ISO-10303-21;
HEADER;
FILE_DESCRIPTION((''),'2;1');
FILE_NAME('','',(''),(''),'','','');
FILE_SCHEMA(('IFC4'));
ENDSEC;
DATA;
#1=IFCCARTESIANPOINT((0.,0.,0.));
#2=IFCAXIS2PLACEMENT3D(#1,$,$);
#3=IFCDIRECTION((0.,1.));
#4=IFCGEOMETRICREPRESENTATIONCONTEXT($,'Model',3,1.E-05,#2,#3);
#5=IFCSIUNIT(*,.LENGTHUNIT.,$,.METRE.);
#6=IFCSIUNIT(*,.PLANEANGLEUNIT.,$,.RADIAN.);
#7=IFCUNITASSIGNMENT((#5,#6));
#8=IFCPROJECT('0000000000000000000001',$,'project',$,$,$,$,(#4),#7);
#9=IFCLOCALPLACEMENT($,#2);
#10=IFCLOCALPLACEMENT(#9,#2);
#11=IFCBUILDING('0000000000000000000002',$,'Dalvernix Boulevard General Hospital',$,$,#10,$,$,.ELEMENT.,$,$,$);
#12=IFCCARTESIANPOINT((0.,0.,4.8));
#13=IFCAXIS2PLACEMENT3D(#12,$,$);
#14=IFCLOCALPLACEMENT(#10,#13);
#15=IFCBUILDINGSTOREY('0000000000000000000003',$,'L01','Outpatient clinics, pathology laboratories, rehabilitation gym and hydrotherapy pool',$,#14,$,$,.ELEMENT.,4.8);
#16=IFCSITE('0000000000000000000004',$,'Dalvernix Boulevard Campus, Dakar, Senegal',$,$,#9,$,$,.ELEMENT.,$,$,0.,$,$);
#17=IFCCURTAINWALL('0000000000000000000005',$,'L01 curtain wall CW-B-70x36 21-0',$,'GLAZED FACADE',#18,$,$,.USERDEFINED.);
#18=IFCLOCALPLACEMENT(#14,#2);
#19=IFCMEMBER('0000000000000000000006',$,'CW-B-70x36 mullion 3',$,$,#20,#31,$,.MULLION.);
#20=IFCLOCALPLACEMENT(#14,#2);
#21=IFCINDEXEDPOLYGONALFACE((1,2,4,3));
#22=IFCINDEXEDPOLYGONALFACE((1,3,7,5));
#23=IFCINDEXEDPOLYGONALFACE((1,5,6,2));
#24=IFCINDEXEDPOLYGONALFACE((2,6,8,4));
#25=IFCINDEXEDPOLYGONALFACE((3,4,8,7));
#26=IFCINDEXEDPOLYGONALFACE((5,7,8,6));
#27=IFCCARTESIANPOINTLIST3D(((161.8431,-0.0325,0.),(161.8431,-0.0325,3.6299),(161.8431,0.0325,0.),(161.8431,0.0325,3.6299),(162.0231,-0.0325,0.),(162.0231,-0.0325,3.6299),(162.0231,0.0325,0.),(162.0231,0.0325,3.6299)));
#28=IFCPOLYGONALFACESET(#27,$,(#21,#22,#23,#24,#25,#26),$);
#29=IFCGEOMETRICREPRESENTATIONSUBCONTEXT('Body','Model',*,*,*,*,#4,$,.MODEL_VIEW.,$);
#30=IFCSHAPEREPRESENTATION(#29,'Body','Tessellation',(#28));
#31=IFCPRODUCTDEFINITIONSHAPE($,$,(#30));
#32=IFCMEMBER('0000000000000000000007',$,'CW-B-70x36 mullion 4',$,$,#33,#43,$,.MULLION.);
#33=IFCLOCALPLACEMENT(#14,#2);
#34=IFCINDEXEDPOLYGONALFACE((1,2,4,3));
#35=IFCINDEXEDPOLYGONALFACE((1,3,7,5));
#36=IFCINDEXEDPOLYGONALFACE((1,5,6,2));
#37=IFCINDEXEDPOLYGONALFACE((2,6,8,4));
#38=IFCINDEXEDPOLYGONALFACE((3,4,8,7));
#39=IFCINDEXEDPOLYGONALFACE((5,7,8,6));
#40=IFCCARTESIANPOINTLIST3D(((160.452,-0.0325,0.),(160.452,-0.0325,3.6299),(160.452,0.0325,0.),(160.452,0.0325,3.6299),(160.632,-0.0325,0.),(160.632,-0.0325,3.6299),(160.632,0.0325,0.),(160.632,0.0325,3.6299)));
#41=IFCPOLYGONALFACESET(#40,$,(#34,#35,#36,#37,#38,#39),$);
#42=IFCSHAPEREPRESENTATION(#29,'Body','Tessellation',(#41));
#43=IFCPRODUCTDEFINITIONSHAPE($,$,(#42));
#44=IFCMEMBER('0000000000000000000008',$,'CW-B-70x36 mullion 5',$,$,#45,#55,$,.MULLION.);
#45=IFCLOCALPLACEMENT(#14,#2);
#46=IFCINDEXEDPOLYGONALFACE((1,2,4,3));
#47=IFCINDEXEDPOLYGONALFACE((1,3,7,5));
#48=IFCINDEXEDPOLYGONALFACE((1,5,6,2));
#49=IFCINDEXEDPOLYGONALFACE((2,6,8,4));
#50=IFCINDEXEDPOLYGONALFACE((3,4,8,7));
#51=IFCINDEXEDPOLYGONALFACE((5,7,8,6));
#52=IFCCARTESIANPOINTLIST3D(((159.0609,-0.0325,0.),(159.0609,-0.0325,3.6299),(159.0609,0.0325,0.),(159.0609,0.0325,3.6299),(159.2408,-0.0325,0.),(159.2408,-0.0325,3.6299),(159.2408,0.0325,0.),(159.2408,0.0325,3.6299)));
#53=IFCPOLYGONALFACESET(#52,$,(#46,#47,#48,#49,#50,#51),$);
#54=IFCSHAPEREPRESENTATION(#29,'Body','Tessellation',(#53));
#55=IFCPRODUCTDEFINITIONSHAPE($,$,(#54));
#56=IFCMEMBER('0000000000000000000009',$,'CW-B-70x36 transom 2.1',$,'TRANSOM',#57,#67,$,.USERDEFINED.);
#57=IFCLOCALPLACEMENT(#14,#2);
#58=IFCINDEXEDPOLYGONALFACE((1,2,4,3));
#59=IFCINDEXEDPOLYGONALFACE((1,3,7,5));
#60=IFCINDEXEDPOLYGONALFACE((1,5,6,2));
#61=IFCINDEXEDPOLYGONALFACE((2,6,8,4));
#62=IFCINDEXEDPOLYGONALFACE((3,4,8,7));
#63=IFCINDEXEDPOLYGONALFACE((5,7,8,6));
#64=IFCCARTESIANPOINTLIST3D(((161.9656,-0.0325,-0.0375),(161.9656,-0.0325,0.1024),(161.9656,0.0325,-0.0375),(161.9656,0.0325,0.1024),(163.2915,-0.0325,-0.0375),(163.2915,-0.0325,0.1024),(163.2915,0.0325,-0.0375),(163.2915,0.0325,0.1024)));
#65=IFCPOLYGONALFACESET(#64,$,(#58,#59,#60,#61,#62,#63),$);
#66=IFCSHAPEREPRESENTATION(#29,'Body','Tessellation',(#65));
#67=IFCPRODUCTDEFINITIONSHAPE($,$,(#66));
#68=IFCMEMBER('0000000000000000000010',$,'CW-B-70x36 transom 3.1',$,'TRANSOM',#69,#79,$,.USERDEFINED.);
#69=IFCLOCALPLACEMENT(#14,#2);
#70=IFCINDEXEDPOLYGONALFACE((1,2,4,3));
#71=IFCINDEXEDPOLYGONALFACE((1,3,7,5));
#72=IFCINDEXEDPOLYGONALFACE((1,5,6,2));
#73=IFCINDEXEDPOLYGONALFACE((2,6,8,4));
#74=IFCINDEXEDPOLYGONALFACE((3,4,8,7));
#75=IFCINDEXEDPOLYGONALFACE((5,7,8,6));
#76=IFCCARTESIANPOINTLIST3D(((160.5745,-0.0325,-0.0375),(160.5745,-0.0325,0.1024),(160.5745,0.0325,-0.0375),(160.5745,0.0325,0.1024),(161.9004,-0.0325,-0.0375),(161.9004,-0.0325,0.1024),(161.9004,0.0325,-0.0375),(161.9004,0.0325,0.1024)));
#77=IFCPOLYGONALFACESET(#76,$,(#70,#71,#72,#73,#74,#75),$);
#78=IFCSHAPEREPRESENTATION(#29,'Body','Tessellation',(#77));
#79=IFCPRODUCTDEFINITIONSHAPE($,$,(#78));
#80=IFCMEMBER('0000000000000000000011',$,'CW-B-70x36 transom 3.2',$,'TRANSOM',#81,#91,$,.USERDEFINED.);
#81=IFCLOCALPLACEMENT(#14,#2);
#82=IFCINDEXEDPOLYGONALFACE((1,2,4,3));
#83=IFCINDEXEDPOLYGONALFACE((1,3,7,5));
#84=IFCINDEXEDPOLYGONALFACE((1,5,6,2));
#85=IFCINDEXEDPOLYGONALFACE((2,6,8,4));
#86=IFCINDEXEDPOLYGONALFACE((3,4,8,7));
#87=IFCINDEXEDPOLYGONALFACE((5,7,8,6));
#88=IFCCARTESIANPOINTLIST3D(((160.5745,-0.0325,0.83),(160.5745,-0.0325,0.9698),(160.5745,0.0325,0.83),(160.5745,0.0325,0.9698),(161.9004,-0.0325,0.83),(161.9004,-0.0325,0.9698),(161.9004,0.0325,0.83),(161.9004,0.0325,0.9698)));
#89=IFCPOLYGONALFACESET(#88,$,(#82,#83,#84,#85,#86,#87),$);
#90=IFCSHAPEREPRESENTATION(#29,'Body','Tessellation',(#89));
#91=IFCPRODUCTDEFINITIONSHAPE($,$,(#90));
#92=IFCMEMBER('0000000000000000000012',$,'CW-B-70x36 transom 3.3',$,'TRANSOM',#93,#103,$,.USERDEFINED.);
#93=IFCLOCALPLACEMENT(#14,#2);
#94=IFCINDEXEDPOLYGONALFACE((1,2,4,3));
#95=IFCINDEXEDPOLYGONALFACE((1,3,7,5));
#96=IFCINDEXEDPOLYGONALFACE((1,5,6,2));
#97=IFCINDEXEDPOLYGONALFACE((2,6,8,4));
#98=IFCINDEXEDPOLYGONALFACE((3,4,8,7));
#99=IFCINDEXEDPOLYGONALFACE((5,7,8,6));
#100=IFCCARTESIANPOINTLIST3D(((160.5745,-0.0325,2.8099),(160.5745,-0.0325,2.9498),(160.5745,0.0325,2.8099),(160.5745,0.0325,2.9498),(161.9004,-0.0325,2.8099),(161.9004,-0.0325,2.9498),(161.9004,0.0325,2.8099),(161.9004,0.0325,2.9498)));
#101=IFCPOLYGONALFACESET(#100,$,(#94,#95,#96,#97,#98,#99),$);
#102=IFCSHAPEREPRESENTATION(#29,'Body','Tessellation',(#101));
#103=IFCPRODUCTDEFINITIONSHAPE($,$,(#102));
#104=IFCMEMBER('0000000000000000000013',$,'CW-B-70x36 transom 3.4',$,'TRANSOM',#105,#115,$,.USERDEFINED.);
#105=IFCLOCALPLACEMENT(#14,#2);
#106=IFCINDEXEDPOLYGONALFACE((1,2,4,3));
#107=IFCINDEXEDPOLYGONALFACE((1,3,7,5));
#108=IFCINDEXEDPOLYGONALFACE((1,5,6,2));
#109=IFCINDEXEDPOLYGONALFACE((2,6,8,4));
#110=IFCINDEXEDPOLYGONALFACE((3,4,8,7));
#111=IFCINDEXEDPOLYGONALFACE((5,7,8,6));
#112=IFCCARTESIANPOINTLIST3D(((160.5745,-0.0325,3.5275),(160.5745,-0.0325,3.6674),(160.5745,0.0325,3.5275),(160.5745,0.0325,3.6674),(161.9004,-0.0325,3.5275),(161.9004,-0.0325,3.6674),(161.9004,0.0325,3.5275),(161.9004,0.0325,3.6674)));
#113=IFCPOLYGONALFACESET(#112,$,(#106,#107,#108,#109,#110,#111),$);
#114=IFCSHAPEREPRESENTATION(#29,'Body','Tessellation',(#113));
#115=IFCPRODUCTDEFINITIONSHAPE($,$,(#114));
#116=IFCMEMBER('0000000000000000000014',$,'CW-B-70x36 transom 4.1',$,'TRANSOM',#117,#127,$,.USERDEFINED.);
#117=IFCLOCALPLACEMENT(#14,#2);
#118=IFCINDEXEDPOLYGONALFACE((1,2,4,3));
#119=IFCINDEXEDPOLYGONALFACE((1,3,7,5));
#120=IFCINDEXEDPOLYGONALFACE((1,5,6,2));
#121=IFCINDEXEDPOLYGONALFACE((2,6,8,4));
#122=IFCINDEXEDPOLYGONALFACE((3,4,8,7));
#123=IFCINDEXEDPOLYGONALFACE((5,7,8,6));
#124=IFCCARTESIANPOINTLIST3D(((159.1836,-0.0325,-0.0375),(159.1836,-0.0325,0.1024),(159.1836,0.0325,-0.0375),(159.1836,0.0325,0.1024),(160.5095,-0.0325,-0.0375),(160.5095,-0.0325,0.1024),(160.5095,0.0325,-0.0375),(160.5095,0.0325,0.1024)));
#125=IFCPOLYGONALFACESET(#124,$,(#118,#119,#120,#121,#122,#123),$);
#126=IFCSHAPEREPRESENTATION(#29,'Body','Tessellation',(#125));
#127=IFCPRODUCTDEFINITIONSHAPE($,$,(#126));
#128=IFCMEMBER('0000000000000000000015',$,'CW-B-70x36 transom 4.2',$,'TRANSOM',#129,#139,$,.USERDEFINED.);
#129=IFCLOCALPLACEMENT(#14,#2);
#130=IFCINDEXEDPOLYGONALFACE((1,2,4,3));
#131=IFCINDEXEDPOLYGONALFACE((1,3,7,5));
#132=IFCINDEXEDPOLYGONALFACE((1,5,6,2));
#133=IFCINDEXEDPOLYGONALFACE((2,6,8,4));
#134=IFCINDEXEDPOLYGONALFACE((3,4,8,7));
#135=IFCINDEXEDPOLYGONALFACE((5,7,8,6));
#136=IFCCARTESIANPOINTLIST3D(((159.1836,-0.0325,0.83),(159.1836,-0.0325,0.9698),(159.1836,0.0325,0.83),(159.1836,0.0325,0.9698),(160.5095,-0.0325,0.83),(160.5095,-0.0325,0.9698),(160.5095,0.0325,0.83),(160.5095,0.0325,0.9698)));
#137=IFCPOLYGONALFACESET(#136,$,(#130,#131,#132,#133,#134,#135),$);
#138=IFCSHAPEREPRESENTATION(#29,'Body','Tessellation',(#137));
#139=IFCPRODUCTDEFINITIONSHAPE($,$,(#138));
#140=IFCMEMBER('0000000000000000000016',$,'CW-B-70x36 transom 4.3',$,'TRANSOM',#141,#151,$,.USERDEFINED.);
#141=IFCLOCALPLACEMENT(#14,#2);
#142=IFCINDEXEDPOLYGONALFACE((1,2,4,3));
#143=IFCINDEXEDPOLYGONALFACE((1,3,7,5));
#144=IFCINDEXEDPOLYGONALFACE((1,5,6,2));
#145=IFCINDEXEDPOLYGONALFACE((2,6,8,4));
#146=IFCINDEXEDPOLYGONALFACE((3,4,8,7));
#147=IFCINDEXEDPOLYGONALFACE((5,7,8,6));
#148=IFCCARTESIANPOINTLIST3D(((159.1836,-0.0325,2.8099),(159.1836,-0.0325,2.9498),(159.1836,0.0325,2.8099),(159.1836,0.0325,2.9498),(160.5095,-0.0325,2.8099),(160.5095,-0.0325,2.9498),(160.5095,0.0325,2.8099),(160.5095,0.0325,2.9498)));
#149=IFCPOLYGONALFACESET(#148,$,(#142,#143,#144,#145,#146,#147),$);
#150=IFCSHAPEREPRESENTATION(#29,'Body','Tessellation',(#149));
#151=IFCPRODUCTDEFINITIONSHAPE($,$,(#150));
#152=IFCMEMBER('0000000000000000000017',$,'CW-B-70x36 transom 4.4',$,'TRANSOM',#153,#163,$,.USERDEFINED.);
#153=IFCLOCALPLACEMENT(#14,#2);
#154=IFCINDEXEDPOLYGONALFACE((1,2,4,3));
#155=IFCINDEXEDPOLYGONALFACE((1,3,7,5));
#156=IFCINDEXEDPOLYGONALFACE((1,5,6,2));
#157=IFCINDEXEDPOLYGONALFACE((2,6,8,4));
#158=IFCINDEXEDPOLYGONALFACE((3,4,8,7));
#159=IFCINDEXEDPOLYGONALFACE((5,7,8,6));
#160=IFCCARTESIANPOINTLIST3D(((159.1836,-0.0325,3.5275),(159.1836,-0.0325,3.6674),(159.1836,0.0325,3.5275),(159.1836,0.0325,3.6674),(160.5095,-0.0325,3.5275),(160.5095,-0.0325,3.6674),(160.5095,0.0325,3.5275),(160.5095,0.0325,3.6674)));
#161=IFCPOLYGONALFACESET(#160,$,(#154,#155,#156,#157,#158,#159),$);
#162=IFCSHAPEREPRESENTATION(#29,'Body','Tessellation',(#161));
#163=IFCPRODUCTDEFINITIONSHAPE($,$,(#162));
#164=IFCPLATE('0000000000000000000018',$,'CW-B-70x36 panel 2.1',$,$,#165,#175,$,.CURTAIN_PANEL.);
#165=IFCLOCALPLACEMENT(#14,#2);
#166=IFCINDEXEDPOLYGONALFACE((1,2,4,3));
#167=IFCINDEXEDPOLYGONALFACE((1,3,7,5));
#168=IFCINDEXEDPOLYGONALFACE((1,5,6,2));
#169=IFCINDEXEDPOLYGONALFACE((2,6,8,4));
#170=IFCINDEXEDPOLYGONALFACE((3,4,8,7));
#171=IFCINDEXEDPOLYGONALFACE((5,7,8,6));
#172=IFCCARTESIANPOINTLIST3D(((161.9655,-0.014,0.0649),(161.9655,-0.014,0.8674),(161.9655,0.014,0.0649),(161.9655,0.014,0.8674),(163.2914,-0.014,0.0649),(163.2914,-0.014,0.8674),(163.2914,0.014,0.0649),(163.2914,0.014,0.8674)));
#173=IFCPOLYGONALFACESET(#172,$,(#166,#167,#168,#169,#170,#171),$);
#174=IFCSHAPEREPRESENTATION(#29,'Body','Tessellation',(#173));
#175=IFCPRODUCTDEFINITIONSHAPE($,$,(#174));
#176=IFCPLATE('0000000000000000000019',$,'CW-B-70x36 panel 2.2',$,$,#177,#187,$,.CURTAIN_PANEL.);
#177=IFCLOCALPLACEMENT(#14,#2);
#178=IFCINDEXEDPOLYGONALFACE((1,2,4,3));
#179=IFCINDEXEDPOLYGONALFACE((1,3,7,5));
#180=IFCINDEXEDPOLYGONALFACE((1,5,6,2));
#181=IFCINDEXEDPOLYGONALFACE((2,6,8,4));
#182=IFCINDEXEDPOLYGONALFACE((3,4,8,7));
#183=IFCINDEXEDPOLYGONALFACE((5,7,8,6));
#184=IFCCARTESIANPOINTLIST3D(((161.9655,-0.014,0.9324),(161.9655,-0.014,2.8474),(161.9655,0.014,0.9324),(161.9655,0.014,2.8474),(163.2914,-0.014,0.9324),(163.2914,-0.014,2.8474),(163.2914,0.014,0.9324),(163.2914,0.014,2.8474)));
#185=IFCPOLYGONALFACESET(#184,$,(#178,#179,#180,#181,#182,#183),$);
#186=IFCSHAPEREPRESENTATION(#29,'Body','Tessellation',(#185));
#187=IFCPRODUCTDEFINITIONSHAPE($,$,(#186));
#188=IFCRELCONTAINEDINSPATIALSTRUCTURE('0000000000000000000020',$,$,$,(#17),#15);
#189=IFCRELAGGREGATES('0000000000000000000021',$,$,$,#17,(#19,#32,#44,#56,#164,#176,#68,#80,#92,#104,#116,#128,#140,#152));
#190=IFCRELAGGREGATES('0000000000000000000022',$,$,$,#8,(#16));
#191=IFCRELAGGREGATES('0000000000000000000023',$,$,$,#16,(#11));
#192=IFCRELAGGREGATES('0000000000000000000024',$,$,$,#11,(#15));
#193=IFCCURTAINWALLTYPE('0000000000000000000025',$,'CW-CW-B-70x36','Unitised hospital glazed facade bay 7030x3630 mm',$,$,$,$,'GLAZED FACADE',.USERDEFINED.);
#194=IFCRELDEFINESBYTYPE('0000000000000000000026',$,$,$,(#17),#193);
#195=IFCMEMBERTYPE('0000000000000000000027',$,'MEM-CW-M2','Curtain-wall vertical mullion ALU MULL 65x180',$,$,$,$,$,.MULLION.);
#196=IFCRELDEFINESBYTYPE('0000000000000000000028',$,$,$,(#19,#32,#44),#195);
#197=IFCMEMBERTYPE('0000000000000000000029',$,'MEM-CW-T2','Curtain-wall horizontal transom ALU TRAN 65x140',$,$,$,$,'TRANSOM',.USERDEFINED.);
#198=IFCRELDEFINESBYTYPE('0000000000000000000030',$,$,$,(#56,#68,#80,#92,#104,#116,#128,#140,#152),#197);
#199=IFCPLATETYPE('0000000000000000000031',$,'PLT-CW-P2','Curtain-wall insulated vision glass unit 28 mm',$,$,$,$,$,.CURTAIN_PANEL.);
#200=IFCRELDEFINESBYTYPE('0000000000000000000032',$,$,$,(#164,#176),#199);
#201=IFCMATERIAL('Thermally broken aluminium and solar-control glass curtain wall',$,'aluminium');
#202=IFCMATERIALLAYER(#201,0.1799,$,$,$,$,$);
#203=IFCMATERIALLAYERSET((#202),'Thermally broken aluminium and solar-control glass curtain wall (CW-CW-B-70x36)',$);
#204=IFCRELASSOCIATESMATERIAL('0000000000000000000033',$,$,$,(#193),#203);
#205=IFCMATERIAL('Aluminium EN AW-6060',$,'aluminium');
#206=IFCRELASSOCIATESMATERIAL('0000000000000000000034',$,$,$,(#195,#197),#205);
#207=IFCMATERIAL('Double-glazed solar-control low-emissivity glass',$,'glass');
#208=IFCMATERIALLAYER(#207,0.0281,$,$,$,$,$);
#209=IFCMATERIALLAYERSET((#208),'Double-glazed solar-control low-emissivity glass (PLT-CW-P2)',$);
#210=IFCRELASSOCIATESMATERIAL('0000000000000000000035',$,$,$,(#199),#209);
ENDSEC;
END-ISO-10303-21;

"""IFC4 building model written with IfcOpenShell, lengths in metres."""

from ifc_helpers import new_model, si_unit, direction, frame, origin, origin_2d, place, context, subcontext, project, spatial, rectangle, extrude, material, layer, layer_set, material_profile, profile_set, type_object, element, aggregate, save


model = new_model("IFC4")

# Units and contexts
model_context = context("Model", 3, precision=1e-05, world=origin(), true_north=direction((0.0, 1.0)))
body_context = subcontext(model_context, "Body", "Model", "MODEL_VIEW")
ifc_project = project(units=[si_unit("LENGTHUNIT", "METRE"), si_unit("PLANEANGLEUNIT", "RADIAN")], contexts=[model_context])

# Site, building, storey
site_placement = place(None, origin())
site = spatial("IfcSite", under=ifc_project, at=site_placement, Name="Dalvernix Boulevard Campus, Dakar, Senegal", CompositionType="ELEMENT", RefElevation=0.0)
building_placement = place(site_placement, origin())
building = spatial("IfcBuilding", under=site, at=building_placement, Name="Dalvernix Boulevard General Hospital", CompositionType="ELEMENT")
storey_placement = place(building_placement, frame((0.0, 0.0, 4.8)))
storey = spatial("IfcBuildingStorey", under=building, at=storey_placement, Name="L01", Description="Outpatient clinics, pathology laboratories, rehabilitation gym and hydrotherapy pool", CompositionType="ELEMENT", Elevation=4.8)

# Curtain wall, members, plates
ifc_material_1 = material(Name="Thermally broken aluminium and solar-control glass curtain wall", Category="aluminium")
ifc_layer_1 = layer(ifc_material_1, 0.1799)
ifc_layer_set_1 = layer_set([ifc_layer_1], Name="Thermally broken aluminium and solar-control glass curtain wall (CW-CW-B-70x36)")
curtain_wall_type = type_object("IfcCurtainWallType", Name="CW-CW-B-70x36", Description="Unitised hospital glazed facade bay 7030x3630 mm", ElementType="GLAZED FACADE", PredefinedType="USERDEFINED", material=ifc_layer_set_1)
curtain_wall_placement = place(storey_placement, origin())
curtain_wall = element("IfcCurtainWall", 1, at=curtain_wall_placement, inside=storey, type_object=curtain_wall_type, Name="L01 curtain wall CW-B-70x36 21-0", ObjectType="GLAZED FACADE", PredefinedType="USERDEFINED")
ifc_material_2 = material(Name="Aluminium EN AW-6060", Category="aluminium")
ifc_material_profile_1 = material_profile(ifc_material_2, rectangle(XDim=0.0649, YDim=0.1799, at=origin_2d()), Name="ALU MULL 65x180")
ifc_profile_set_1 = profile_set([ifc_material_profile_1], Name="Aluminium EN AW-6060")
member_type_1 = type_object("IfcMemberType", Name="MEM-CW-M2", Description="Curtain-wall vertical mullion ALU MULL 65x180", PredefinedType="MULLION", material=ifc_profile_set_1)
member_1_placement = place(storey_placement, frame((161.9331, 0.0, 0.0), z_axis=(0.0, 0.0, 1.0), x_axis=(0.0, -1.0, 0.0)))
member_1 = element("IfcMember", 2, at=member_1_placement, type_object=member_type_1, Name="CW-B-70x36 mullion 3", PredefinedType="MULLION", context=body_context, shape_type="SweptSolid", body=[
    extrude(rectangle(XDim=0.0649, YDim=0.1799, at=origin_2d()), origin(), (0.0, 0.0, 1.0), 3.6299),
])
member_2_placement = place(storey_placement, frame((160.542, 0.0, 0.0), z_axis=(0.0, 0.0, 1.0), x_axis=(0.0, -1.0, 0.0)))
member_2 = element("IfcMember", 3, at=member_2_placement, type_object=member_type_1, Name="CW-B-70x36 mullion 4", PredefinedType="MULLION", context=body_context, shape_type="SweptSolid", body=[
    extrude(rectangle(XDim=0.0649, YDim=0.1799, at=origin_2d()), origin(), (0.0, 0.0, 1.0), 3.6299),
])
member_3_placement = place(storey_placement, frame((159.1509, 0.0, 0.0), z_axis=(0.0, 0.0, 1.0), x_axis=(0.0, -1.0, 0.0)))
member_3 = element("IfcMember", 4, at=member_3_placement, type_object=member_type_1, Name="CW-B-70x36 mullion 5", PredefinedType="MULLION", context=body_context, shape_type="SweptSolid", body=[
    extrude(rectangle(XDim=0.0649, YDim=0.1799, at=origin_2d()), origin(), (0.0, 0.0, 1.0), 3.6299),
])
ifc_material_profile_2 = material_profile(ifc_material_2, rectangle(XDim=0.0649, YDim=0.1399, at=origin_2d()), Name="ALU TRAN 65x140")
ifc_profile_set_2 = profile_set([ifc_material_profile_2], Name="Aluminium EN AW-6060")
member_type_2 = type_object("IfcMemberType", Name="MEM-CW-T2", Description="Curtain-wall horizontal transom ALU TRAN 65x140", ElementType="TRANSOM", PredefinedType="USERDEFINED", material=ifc_profile_set_2)
member_4_placement = place(storey_placement, frame((163.2915, 0.0, 0.0325), z_axis=(-1.0, 0.0, 0.0), x_axis=(0.0, -1.0, 0.0)))
member_4 = element("IfcMember", 5, at=member_4_placement, type_object=member_type_2, Name="CW-B-70x36 transom 2.1", ObjectType="TRANSOM", PredefinedType="USERDEFINED", context=body_context, shape_type="SweptSolid", body=[
    extrude(rectangle(XDim=0.0649, YDim=0.1399, at=origin_2d()), origin(), (0.0, 0.0, 1.0), 1.3259),
])
member_5_placement = place(storey_placement, frame((161.9004, 0.0, 0.0325), z_axis=(-1.0, 0.0, 0.0), x_axis=(0.0, -1.0, 0.0)))
member_5 = element("IfcMember", 6, at=member_5_placement, type_object=member_type_2, Name="CW-B-70x36 transom 3.1", ObjectType="TRANSOM", PredefinedType="USERDEFINED", context=body_context, shape_type="SweptSolid", body=[
    extrude(rectangle(XDim=0.0649, YDim=0.1399, at=origin_2d()), origin(), (0.0, 0.0, 1.0), 1.3259),
])
member_6_placement = place(storey_placement, frame((161.9004, 0.0, 0.8999), z_axis=(-1.0, 0.0, 0.0), x_axis=(0.0, -1.0, 0.0)))
member_6 = element("IfcMember", 7, at=member_6_placement, type_object=member_type_2, Name="CW-B-70x36 transom 3.2", ObjectType="TRANSOM", PredefinedType="USERDEFINED", context=body_context, shape_type="SweptSolid", body=[
    extrude(rectangle(XDim=0.0649, YDim=0.1399, at=origin_2d()), origin(), (0.0, 0.0, 1.0), 1.3259),
])
member_7_placement = place(storey_placement, frame((161.9004, 0.0, 2.8799), z_axis=(-1.0, 0.0, 0.0), x_axis=(0.0, -1.0, 0.0)))
member_7 = element("IfcMember", 8, at=member_7_placement, type_object=member_type_2, Name="CW-B-70x36 transom 3.3", ObjectType="TRANSOM", PredefinedType="USERDEFINED", context=body_context, shape_type="SweptSolid", body=[
    extrude(rectangle(XDim=0.0649, YDim=0.1399, at=origin_2d()), origin(), (0.0, 0.0, 1.0), 1.3259),
])
member_8_placement = place(storey_placement, frame((161.9004, 0.0, 3.5974), z_axis=(-1.0, 0.0, 0.0), x_axis=(0.0, -1.0, 0.0)))
member_8 = element("IfcMember", 9, at=member_8_placement, type_object=member_type_2, Name="CW-B-70x36 transom 3.4", ObjectType="TRANSOM", PredefinedType="USERDEFINED", context=body_context, shape_type="SweptSolid", body=[
    extrude(rectangle(XDim=0.0649, YDim=0.1399, at=origin_2d()), origin(), (0.0, 0.0, 1.0), 1.3259),
])
member_9_placement = place(storey_placement, frame((160.5095, 0.0, 0.0325), z_axis=(-1.0, 0.0, 0.0), x_axis=(0.0, -1.0, 0.0)))
member_9 = element("IfcMember", 10, at=member_9_placement, type_object=member_type_2, Name="CW-B-70x36 transom 4.1", ObjectType="TRANSOM", PredefinedType="USERDEFINED", context=body_context, shape_type="SweptSolid", body=[
    extrude(rectangle(XDim=0.0649, YDim=0.1399, at=origin_2d()), origin(), (0.0, 0.0, 1.0), 1.3259),
])
member_10_placement = place(storey_placement, frame((160.5095, 0.0, 0.8999), z_axis=(-1.0, 0.0, 0.0), x_axis=(0.0, -1.0, 0.0)))
member_10 = element("IfcMember", 11, at=member_10_placement, type_object=member_type_2, Name="CW-B-70x36 transom 4.2", ObjectType="TRANSOM", PredefinedType="USERDEFINED", context=body_context, shape_type="SweptSolid", body=[
    extrude(rectangle(XDim=0.0649, YDim=0.1399, at=origin_2d()), origin(), (0.0, 0.0, 1.0), 1.3259),
])
member_11_placement = place(storey_placement, frame((160.5095, 0.0, 2.8799), z_axis=(-1.0, 0.0, 0.0), x_axis=(0.0, -1.0, 0.0)))
member_11 = element("IfcMember", 12, at=member_11_placement, type_object=member_type_2, Name="CW-B-70x36 transom 4.3", ObjectType="TRANSOM", PredefinedType="USERDEFINED", context=body_context, shape_type="SweptSolid", body=[
    extrude(rectangle(XDim=0.0649, YDim=0.1399, at=origin_2d()), origin(), (0.0, 0.0, 1.0), 1.3259),
])
member_12_placement = place(storey_placement, frame((160.5095, 0.0, 3.5974), z_axis=(-1.0, 0.0, 0.0), x_axis=(0.0, -1.0, 0.0)))
member_12 = element("IfcMember", 13, at=member_12_placement, type_object=member_type_2, Name="CW-B-70x36 transom 4.4", ObjectType="TRANSOM", PredefinedType="USERDEFINED", context=body_context, shape_type="SweptSolid", body=[
    extrude(rectangle(XDim=0.0649, YDim=0.1399, at=origin_2d()), origin(), (0.0, 0.0, 1.0), 1.3259),
])
ifc_material_3 = material(Name="Double-glazed solar-control low-emissivity glass", Category="glass")
ifc_layer_2 = layer(ifc_material_3, 0.0281)
ifc_layer_set_2 = layer_set([ifc_layer_2], Name="Double-glazed solar-control low-emissivity glass (PLT-CW-P2)")
plate_type = type_object("IfcPlateType", Name="PLT-CW-P2", Description="Curtain-wall insulated vision glass unit 28 mm", PredefinedType="CURTAIN_PANEL", material=ifc_layer_set_2)
plate_1_placement = place(storey_placement, frame((162.6284, 0.0, 0.0649), z_axis=(0.0, 0.0, 1.0), x_axis=(-1.0, 0.0, 0.0)))
plate_1 = element("IfcPlate", 14, at=plate_1_placement, type_object=plate_type, Name="CW-B-70x36 panel 2.1", PredefinedType="CURTAIN_PANEL", context=body_context, shape_type="SweptSolid", body=[
    extrude(rectangle(XDim=1.3259, YDim=0.0281, at=origin_2d()), origin(), (0.0, 0.0, 1.0), 0.8025),
])
plate_2_placement = place(storey_placement, frame((162.6284, 0.0, 0.9324), z_axis=(0.0, 0.0, 1.0), x_axis=(-1.0, 0.0, 0.0)))
plate_2 = element("IfcPlate", 15, at=plate_2_placement, type_object=plate_type, Name="CW-B-70x36 panel 2.2", PredefinedType="CURTAIN_PANEL", context=body_context, shape_type="SweptSolid", body=[
    extrude(rectangle(XDim=1.3259, YDim=0.0281, at=origin_2d()), origin(), (0.0, 0.0, 1.0), 1.915),
])
aggregate(curtain_wall, [member_1, member_2, member_3, member_4, plate_1, plate_2, member_5, member_6, member_7, member_8, member_9, member_10, member_11, member_12])

save(model, "model.ifc")
